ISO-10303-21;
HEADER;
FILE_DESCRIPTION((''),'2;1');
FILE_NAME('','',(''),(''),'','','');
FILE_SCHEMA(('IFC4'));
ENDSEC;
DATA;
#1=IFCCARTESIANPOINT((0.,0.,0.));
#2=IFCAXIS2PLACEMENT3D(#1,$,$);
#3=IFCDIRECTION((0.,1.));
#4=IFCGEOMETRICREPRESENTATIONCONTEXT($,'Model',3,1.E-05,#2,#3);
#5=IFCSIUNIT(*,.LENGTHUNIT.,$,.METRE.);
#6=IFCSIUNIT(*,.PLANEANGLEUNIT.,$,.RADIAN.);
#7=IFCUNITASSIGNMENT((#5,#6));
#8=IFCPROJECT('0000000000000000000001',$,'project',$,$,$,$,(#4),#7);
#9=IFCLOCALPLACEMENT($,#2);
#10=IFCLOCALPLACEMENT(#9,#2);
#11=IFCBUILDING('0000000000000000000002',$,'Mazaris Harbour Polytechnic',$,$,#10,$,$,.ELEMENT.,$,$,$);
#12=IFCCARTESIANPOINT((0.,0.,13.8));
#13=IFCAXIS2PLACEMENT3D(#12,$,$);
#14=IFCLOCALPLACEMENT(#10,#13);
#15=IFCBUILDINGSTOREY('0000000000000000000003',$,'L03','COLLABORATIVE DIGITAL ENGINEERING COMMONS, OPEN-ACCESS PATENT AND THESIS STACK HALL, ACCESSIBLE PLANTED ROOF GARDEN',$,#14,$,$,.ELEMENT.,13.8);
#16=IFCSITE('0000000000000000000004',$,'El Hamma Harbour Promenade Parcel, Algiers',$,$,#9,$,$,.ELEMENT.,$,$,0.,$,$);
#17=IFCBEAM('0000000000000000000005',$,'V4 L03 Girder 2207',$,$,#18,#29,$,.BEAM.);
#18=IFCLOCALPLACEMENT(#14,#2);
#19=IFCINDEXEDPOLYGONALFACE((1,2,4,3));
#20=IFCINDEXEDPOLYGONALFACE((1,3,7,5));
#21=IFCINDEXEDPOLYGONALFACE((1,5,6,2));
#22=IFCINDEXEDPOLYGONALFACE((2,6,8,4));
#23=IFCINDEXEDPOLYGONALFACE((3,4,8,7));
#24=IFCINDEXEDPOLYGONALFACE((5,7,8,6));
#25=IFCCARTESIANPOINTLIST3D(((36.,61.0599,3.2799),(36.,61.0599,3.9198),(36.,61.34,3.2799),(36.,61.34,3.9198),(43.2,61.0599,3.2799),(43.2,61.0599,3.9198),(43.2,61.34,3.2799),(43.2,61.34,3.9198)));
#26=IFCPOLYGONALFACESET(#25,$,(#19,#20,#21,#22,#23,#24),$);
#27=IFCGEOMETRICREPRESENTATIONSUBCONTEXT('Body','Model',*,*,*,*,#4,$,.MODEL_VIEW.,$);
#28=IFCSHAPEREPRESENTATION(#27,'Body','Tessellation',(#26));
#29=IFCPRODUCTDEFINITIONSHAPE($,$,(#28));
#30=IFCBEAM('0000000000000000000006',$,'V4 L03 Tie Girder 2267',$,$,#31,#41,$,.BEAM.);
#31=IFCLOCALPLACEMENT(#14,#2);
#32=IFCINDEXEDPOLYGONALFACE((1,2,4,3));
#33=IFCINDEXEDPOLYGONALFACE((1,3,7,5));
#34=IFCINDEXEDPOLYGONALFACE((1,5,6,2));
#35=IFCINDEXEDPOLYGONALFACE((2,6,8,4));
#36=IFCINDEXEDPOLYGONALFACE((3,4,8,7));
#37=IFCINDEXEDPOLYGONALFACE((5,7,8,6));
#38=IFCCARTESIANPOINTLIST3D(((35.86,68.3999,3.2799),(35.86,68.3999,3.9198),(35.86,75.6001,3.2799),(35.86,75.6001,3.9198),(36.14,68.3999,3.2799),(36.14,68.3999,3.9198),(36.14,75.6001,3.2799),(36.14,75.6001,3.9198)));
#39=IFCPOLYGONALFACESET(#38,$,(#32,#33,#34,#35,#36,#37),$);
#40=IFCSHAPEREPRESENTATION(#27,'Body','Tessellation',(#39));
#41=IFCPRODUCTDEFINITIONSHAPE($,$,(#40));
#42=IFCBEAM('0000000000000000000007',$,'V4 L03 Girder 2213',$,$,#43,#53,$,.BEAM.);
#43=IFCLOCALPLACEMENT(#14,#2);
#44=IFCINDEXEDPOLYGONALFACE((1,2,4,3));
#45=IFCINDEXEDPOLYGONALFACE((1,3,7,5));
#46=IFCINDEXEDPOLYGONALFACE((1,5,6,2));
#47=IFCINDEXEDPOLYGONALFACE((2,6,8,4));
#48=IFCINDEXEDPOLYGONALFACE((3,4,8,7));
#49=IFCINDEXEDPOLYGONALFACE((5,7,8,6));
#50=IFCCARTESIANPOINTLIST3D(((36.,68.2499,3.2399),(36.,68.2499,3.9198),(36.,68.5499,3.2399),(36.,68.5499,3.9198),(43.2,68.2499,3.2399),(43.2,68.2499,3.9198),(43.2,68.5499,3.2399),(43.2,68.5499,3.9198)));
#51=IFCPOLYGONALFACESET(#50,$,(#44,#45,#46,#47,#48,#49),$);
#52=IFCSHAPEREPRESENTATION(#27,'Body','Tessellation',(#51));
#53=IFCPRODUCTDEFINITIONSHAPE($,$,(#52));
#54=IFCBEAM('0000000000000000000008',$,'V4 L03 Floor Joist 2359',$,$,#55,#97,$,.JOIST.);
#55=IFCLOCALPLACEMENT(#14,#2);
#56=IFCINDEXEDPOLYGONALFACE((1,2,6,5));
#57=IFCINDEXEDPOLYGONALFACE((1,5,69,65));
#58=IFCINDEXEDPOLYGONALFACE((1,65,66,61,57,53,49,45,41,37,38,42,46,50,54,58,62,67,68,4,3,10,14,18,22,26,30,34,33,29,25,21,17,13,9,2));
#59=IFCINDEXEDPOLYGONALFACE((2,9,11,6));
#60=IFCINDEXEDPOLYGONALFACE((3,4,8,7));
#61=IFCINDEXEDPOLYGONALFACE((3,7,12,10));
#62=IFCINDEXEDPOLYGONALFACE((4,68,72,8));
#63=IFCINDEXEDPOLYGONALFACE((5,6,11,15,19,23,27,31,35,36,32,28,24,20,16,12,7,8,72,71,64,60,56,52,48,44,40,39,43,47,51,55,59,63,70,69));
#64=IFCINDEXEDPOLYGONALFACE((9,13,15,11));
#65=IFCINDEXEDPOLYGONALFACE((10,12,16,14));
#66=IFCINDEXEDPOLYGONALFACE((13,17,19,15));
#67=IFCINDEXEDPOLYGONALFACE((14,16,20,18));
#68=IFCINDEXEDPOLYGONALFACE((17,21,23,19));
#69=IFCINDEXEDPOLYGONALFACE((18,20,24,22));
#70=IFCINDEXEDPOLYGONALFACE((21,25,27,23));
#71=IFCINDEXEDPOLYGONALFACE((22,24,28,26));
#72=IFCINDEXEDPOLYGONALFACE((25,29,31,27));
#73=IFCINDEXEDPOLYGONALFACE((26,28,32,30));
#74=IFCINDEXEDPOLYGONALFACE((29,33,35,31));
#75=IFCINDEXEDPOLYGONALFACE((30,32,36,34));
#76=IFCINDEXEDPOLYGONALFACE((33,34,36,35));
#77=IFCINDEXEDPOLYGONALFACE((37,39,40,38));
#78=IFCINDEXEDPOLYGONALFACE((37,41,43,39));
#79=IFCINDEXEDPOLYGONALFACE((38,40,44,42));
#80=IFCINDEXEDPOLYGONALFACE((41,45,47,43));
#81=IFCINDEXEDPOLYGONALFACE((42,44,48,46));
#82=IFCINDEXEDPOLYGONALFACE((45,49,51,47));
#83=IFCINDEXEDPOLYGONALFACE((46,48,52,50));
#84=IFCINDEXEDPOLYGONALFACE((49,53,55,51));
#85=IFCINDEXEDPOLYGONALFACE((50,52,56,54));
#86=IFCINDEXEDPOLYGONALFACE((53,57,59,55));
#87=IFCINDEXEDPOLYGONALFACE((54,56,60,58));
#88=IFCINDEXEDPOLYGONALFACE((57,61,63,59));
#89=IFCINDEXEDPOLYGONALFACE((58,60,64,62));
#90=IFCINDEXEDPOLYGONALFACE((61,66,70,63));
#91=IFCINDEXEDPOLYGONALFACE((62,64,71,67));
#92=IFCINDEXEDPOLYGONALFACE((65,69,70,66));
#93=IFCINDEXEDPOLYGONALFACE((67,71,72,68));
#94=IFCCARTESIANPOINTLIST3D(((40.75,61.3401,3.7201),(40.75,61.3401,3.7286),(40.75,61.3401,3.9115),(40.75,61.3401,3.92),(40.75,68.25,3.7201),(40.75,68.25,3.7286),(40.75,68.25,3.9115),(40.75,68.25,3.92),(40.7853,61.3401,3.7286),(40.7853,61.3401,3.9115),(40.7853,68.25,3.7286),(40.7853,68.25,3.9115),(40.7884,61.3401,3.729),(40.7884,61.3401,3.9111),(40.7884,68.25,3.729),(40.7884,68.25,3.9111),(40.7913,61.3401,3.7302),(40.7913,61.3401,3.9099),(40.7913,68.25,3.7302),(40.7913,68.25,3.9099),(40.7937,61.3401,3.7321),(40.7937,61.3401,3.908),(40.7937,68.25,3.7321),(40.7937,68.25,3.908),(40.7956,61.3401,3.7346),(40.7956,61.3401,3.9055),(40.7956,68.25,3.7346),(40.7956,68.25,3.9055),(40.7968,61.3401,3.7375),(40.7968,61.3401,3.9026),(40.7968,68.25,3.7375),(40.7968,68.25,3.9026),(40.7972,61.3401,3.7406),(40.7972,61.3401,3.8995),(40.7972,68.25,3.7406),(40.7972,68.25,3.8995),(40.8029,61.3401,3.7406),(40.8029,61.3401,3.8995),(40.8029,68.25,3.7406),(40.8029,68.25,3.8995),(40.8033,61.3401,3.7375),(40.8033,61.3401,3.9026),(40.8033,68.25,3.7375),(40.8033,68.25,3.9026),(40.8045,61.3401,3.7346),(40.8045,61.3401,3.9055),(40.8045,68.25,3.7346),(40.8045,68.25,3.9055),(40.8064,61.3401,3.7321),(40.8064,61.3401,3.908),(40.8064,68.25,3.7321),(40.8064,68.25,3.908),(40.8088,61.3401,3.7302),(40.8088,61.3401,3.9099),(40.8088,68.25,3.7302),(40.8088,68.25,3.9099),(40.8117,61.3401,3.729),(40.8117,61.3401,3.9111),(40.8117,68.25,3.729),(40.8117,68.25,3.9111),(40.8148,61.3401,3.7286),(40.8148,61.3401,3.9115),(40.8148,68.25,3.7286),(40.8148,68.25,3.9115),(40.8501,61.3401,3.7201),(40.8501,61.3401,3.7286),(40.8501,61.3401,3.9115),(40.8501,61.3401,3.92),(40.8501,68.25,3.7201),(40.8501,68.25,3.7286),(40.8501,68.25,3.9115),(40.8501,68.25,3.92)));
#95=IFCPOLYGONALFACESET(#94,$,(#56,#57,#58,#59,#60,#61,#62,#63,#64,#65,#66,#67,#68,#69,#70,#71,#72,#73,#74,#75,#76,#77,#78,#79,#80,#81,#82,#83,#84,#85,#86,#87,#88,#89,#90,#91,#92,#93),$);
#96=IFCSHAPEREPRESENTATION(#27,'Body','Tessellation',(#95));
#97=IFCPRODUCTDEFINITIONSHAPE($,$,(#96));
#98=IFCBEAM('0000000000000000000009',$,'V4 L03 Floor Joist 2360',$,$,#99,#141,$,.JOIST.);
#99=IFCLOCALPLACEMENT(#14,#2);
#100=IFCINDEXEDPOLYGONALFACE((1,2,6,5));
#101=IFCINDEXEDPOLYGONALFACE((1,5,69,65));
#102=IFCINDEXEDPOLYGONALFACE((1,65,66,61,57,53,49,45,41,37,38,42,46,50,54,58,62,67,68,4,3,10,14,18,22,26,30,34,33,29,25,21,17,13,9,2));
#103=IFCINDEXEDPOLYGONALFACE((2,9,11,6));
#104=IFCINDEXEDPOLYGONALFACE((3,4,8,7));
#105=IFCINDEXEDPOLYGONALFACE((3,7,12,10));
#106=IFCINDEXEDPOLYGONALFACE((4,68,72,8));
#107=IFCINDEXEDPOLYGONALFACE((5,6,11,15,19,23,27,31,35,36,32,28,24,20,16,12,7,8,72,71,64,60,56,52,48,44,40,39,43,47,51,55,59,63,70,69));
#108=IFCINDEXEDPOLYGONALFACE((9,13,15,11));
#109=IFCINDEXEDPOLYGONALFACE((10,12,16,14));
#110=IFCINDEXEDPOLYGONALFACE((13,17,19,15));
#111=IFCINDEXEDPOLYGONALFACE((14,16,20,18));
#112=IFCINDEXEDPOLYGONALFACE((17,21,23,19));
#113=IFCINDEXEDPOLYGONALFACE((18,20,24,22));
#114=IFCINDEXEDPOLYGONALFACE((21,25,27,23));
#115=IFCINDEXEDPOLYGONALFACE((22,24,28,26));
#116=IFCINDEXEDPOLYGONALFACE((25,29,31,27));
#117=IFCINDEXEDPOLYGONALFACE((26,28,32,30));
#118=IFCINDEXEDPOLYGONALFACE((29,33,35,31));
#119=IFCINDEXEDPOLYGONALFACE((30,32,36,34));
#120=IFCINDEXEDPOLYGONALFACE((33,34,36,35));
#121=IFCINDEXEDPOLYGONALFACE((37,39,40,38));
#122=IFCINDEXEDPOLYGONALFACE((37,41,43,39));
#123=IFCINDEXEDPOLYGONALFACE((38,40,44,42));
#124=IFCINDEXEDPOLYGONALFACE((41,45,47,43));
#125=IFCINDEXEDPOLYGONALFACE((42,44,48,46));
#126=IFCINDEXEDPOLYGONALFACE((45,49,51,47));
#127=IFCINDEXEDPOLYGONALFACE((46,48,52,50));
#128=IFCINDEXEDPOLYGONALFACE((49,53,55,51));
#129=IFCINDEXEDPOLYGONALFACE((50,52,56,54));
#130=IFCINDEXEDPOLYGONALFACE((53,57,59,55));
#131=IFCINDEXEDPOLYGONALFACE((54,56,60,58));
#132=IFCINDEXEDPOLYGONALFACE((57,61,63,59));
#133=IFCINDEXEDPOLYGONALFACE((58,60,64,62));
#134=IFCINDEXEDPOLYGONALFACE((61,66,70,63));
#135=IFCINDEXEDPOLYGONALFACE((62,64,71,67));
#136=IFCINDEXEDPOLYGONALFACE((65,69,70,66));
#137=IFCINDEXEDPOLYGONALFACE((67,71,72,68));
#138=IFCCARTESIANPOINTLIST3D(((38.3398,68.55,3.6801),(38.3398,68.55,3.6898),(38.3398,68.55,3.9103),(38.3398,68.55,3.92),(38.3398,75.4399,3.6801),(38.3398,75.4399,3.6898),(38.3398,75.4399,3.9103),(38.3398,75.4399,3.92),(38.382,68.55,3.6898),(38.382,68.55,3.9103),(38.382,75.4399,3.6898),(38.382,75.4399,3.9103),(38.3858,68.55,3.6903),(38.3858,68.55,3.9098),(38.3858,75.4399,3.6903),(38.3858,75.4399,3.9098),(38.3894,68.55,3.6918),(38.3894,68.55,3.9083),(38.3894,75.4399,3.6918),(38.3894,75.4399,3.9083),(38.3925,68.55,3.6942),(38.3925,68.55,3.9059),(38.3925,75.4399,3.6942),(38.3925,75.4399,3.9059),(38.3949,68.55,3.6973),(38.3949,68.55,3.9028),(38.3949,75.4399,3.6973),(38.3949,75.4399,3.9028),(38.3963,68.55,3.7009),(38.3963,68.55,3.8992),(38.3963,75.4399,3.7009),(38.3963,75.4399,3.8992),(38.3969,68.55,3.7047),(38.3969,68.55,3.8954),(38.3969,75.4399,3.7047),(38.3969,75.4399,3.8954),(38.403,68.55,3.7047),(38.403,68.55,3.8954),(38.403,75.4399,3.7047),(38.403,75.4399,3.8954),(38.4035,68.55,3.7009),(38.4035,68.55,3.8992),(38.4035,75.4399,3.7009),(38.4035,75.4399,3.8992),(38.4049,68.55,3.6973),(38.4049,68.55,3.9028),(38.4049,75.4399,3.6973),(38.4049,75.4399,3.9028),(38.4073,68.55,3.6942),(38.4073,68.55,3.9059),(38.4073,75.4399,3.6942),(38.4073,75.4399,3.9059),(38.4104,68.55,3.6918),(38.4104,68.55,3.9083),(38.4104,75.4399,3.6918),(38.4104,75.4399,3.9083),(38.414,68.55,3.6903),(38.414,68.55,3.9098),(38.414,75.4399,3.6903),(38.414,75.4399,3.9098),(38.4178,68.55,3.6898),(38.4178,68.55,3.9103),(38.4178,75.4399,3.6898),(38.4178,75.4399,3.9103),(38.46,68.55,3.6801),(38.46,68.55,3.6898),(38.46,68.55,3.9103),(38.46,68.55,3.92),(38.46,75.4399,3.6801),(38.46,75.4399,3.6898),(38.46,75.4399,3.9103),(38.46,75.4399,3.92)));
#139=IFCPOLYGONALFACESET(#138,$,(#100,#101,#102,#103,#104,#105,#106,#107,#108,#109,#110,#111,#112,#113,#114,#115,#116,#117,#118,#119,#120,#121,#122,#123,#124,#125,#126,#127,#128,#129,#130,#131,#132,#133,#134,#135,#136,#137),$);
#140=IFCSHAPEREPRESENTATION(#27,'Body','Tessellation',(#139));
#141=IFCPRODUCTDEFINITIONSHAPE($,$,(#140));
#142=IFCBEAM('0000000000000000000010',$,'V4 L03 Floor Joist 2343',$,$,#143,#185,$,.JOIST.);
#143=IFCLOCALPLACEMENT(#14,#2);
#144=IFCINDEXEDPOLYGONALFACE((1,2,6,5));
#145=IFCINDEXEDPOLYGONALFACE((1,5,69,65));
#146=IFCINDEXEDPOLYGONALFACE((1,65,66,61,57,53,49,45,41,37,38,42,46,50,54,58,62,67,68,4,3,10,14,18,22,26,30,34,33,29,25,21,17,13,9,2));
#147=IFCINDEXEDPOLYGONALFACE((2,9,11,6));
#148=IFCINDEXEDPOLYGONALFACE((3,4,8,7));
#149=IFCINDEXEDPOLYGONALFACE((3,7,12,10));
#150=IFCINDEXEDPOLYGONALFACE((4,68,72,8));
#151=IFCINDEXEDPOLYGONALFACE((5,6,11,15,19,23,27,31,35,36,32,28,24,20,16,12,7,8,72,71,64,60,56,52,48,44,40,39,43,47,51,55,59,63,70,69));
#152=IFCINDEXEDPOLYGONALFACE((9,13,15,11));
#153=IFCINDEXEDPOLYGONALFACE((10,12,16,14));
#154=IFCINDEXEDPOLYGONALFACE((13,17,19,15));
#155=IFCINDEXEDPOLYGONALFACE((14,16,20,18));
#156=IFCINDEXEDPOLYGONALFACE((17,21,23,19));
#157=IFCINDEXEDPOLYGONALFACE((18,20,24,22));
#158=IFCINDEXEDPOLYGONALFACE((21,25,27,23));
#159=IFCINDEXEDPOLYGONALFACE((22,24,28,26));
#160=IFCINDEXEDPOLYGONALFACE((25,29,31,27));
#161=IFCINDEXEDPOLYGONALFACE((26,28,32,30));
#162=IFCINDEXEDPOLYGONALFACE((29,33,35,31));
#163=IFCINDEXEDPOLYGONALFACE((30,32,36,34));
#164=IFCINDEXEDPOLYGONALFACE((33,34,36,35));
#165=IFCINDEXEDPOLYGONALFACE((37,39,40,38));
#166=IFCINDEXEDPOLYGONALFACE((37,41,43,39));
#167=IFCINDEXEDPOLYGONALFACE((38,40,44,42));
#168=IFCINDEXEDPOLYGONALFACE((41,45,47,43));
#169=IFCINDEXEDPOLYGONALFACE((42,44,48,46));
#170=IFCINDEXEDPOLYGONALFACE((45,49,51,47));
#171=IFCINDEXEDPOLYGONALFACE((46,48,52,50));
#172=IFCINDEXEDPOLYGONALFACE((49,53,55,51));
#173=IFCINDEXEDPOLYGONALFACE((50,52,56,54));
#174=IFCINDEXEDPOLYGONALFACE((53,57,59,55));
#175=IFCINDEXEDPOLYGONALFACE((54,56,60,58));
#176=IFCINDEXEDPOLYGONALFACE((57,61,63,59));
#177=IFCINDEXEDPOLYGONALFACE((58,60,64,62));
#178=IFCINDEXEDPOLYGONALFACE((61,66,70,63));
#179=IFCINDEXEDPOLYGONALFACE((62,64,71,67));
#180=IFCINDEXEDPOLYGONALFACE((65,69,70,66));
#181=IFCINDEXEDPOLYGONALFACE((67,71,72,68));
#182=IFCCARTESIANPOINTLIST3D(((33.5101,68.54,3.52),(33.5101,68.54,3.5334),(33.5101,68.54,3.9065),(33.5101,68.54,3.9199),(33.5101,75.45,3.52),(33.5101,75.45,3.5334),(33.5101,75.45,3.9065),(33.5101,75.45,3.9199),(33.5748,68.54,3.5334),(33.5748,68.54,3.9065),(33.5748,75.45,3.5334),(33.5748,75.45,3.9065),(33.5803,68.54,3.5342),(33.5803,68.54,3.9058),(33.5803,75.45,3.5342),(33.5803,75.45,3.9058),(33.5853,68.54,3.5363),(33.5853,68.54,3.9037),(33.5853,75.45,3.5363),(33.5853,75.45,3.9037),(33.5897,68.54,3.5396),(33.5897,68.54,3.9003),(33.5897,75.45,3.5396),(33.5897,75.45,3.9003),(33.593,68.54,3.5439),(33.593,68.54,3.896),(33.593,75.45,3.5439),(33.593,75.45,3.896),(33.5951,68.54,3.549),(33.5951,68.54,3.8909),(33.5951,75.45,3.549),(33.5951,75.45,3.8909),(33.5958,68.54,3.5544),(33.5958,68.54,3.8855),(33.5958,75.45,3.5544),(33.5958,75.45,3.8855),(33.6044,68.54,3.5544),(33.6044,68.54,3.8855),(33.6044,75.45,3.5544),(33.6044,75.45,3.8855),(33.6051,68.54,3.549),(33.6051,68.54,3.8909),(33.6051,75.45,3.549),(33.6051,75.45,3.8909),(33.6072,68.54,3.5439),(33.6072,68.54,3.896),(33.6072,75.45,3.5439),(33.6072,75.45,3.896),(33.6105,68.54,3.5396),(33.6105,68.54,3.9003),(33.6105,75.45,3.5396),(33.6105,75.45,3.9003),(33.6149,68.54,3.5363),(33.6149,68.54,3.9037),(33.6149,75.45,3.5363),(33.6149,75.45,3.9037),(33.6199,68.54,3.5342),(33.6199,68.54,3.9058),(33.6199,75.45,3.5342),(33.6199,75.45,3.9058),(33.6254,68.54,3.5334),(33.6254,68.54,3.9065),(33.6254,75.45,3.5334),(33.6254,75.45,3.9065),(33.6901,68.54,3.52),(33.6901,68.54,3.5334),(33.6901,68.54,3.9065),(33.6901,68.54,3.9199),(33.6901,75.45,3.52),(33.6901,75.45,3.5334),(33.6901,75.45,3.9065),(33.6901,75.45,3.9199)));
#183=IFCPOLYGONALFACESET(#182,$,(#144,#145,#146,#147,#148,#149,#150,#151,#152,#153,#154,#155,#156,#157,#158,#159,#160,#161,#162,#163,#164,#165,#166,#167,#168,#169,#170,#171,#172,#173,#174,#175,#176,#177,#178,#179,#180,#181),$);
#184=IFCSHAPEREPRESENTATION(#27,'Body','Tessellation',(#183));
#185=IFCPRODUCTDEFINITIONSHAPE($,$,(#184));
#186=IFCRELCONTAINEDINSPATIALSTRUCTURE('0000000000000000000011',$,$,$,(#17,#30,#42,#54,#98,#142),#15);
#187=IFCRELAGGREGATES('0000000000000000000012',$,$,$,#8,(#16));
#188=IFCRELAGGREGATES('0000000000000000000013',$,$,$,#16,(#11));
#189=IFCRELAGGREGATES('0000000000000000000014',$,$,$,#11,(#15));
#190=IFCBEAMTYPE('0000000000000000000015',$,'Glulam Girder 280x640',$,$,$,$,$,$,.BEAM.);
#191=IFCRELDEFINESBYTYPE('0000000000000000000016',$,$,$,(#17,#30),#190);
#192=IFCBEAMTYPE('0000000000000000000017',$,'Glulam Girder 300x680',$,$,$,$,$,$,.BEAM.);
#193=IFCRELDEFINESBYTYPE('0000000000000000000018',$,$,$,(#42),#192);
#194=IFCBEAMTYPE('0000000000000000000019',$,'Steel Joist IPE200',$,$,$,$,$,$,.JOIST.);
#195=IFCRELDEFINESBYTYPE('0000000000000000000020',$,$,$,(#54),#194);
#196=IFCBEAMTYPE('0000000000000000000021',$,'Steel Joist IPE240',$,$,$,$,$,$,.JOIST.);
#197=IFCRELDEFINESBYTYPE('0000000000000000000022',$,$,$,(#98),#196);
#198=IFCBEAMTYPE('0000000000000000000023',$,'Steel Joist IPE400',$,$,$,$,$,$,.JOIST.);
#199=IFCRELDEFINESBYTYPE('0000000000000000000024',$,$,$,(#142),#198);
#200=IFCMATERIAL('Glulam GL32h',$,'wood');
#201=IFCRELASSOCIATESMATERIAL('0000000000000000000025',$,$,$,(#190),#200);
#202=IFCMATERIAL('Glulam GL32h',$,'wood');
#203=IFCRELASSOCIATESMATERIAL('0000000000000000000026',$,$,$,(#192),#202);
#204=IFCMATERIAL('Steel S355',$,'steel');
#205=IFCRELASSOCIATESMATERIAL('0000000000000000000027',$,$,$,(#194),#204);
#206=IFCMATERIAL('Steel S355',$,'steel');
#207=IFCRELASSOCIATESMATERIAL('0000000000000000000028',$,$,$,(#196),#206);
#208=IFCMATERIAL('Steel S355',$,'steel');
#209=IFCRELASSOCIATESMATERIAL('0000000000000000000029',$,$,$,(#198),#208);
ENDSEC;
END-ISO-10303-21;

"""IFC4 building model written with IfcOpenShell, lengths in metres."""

from ifc_helpers import new_model, si_unit, direction, frame, origin, origin_2d, place, context, subcontext, project, spatial, rectangle, i_section, extrude, material, material_profile, profile_set, type_object, element, save


model = new_model("IFC4")

# Units and contexts
model_context = context("Model", 3, precision=1e-05, world=origin(), true_north=direction((0.0, 1.0)))
body_context = subcontext(model_context, "Body", "Model", "MODEL_VIEW")
ifc_project = project(units=[si_unit("LENGTHUNIT", "METRE"), si_unit("PLANEANGLEUNIT", "RADIAN")], contexts=[model_context])

# Site, building, storey
site_placement = place(None, origin())
site = spatial("IfcSite", under=ifc_project, at=site_placement, Name="El Hamma Harbour Promenade Parcel, Algiers", CompositionType="ELEMENT", RefElevation=0.0)
building_placement = place(site_placement, origin())
building = spatial("IfcBuilding", under=site, at=building_placement, Name="Mazaris Harbour Polytechnic", CompositionType="ELEMENT")
storey_placement = place(building_placement, frame((0.0, 0.0, 13.8)))
storey = spatial("IfcBuildingStorey", under=building, at=storey_placement, Name="L03", Description="COLLABORATIVE DIGITAL ENGINEERING COMMONS, OPEN-ACCESS PATENT AND THESIS STACK HALL, ACCESSIBLE PLANTED ROOF GARDEN", CompositionType="ELEMENT", Elevation=13.8)

# Beams
ifc_material_1 = material(Name="Glulam GL32h", Category="wood")
ifc_material_profile_1 = material_profile(ifc_material_1, rectangle(XDim=0.28, YDim=0.6399, at=origin_2d()), Name="RECT280x640")
ifc_profile_set_1 = profile_set([ifc_material_profile_1], Name="Glulam GL32h")
beam_type_1 = type_object("IfcBeamType", Name="Glulam Girder 280x640", PredefinedType="BEAM", material=ifc_profile_set_1)
beam_1_placement = place(storey_placement, frame((36.0, 61.2, 3.5999), z_axis=(1.0, 0.0, 0.0), x_axis=(0.0, 1.0, 0.0)))
element("IfcBeam", 1, at=beam_1_placement, inside=storey, type_object=beam_type_1, Name="V4 L03 Girder 2207", PredefinedType="BEAM", context=body_context, shape_type="SweptSolid", body=[
    extrude(rectangle(XDim=0.28, YDim=0.6399, at=origin_2d()), origin(), (0.0, 0.0, 1.0), 7.2),
])
beam_2_placement = place(storey_placement, frame((36.0, 68.3999, 3.5999), z_axis=(0.0, 1.0, 0.0), x_axis=(-1.0, 0.0, 0.0)))
element("IfcBeam", 2, at=beam_2_placement, inside=storey, type_object=beam_type_1, Name="V4 L03 Tie Girder 2267", PredefinedType="BEAM", context=body_context, shape_type="SweptSolid", body=[
    extrude(rectangle(XDim=0.28, YDim=0.6399, at=origin_2d()), origin(), (0.0, 0.0, 1.0), 7.2002),
])
ifc_material_2 = material(Name="Glulam GL32h", Category="wood")
ifc_material_profile_2 = material_profile(ifc_material_2, rectangle(XDim=0.3, YDim=0.6799, at=origin_2d()), Name="RECT300x680")
ifc_profile_set_2 = profile_set([ifc_material_profile_2], Name="Glulam GL32h")
beam_type_2 = type_object("IfcBeamType", Name="Glulam Girder 300x680", PredefinedType="BEAM", material=ifc_profile_set_2)
beam_3_placement = place(storey_placement, frame((36.0, 68.3999, 3.5798), z_axis=(1.0, 0.0, 0.0), x_axis=(0.0, 1.0, 0.0)))
element("IfcBeam", 3, at=beam_3_placement, inside=storey, type_object=beam_type_2, Name="V4 L03 Girder 2213", PredefinedType="BEAM", context=body_context, shape_type="SweptSolid", body=[
    extrude(rectangle(XDim=0.3, YDim=0.6799, at=origin_2d()), origin(), (0.0, 0.0, 1.0), 7.2),
])
ifc_material_3 = material(Name="Steel S355", Category="steel")
ifc_material_profile_3 = material_profile(ifc_material_3, i_section(OverallWidth=0.1001, OverallDepth=0.2, WebThickness=0.0056, FlangeThickness=0.0085, FilletRadius=0.012, at=origin_2d()), Name="IPE 200")
ifc_profile_set_3 = profile_set([ifc_material_profile_3], Name="Steel S355")
beam_type_3 = type_object("IfcBeamType", Name="Steel Joist IPE200", PredefinedType="JOIST", material=ifc_profile_set_3)
beam_4_placement = place(storey_placement, frame((40.8, 61.3401, 3.8201), z_axis=(0.0, 1.0, 0.0), x_axis=(-1.0, 0.0, 0.0)))
element("IfcBeam", 4, at=beam_4_placement, inside=storey, type_object=beam_type_3, Name="V4 L03 Floor Joist 2359", PredefinedType="JOIST", context=body_context, shape_type="SweptSolid", body=[
    extrude(i_section(OverallWidth=0.1001, OverallDepth=0.2, WebThickness=0.0056, FlangeThickness=0.0085, FilletRadius=0.012, at=origin_2d()), origin(), (0.0, 0.0, 1.0), 6.9099),
])
ifc_material_4 = material(Name="Steel S355", Category="steel")
ifc_material_profile_4 = material_profile(ifc_material_4, i_section(OverallWidth=0.1201, OverallDepth=0.24, WebThickness=0.0061, FlangeThickness=0.0098, FilletRadius=0.0149, at=origin_2d()), Name="IPE 240")
ifc_profile_set_4 = profile_set([ifc_material_profile_4], Name="Steel S355")
beam_type_4 = type_object("IfcBeamType", Name="Steel Joist IPE240", PredefinedType="JOIST", material=ifc_profile_set_4)
beam_5_placement = place(storey_placement, frame((38.3999, 68.55, 3.8), z_axis=(0.0, 1.0, 0.0), x_axis=(-1.0, 0.0, 0.0)))
element("IfcBeam", 5, at=beam_5_placement, inside=storey, type_object=beam_type_4, Name="V4 L03 Floor Joist 2360", PredefinedType="JOIST", context=body_context, shape_type="SweptSolid", body=[
    extrude(i_section(OverallWidth=0.1201, OverallDepth=0.24, WebThickness=0.0061, FlangeThickness=0.0098, FilletRadius=0.0149, at=origin_2d()), origin(), (0.0, 0.0, 1.0), 6.8899),
])
ifc_material_5 = material(Name="Steel S355", Category="steel")
ifc_material_profile_5 = material_profile(ifc_material_5, i_section(OverallWidth=0.1799, OverallDepth=0.3999, WebThickness=0.0085, FlangeThickness=0.0134, FilletRadius=0.021, at=origin_2d()), Name="IPE 400")
ifc_profile_set_5 = profile_set([ifc_material_profile_5], Name="Steel S355")
beam_type_5 = type_object("IfcBeamType", Name="Steel Joist IPE400", PredefinedType="JOIST", material=ifc_profile_set_5)
beam_6_placement = place(storey_placement, frame((33.6001, 68.54, 3.72), z_axis=(0.0, 1.0, 0.0), x_axis=(-1.0, 0.0, 0.0)))
element("IfcBeam", 6, at=beam_6_placement, inside=storey, type_object=beam_type_5, Name="V4 L03 Floor Joist 2343", PredefinedType="JOIST", context=body_context, shape_type="SweptSolid", body=[
    extrude(i_section(OverallWidth=0.1799, OverallDepth=0.3999, WebThickness=0.0085, FlangeThickness=0.0134, FilletRadius=0.021, at=origin_2d()), origin(), (0.0, 0.0, 1.0), 6.9099),
])

save(model, "model.ifc")
